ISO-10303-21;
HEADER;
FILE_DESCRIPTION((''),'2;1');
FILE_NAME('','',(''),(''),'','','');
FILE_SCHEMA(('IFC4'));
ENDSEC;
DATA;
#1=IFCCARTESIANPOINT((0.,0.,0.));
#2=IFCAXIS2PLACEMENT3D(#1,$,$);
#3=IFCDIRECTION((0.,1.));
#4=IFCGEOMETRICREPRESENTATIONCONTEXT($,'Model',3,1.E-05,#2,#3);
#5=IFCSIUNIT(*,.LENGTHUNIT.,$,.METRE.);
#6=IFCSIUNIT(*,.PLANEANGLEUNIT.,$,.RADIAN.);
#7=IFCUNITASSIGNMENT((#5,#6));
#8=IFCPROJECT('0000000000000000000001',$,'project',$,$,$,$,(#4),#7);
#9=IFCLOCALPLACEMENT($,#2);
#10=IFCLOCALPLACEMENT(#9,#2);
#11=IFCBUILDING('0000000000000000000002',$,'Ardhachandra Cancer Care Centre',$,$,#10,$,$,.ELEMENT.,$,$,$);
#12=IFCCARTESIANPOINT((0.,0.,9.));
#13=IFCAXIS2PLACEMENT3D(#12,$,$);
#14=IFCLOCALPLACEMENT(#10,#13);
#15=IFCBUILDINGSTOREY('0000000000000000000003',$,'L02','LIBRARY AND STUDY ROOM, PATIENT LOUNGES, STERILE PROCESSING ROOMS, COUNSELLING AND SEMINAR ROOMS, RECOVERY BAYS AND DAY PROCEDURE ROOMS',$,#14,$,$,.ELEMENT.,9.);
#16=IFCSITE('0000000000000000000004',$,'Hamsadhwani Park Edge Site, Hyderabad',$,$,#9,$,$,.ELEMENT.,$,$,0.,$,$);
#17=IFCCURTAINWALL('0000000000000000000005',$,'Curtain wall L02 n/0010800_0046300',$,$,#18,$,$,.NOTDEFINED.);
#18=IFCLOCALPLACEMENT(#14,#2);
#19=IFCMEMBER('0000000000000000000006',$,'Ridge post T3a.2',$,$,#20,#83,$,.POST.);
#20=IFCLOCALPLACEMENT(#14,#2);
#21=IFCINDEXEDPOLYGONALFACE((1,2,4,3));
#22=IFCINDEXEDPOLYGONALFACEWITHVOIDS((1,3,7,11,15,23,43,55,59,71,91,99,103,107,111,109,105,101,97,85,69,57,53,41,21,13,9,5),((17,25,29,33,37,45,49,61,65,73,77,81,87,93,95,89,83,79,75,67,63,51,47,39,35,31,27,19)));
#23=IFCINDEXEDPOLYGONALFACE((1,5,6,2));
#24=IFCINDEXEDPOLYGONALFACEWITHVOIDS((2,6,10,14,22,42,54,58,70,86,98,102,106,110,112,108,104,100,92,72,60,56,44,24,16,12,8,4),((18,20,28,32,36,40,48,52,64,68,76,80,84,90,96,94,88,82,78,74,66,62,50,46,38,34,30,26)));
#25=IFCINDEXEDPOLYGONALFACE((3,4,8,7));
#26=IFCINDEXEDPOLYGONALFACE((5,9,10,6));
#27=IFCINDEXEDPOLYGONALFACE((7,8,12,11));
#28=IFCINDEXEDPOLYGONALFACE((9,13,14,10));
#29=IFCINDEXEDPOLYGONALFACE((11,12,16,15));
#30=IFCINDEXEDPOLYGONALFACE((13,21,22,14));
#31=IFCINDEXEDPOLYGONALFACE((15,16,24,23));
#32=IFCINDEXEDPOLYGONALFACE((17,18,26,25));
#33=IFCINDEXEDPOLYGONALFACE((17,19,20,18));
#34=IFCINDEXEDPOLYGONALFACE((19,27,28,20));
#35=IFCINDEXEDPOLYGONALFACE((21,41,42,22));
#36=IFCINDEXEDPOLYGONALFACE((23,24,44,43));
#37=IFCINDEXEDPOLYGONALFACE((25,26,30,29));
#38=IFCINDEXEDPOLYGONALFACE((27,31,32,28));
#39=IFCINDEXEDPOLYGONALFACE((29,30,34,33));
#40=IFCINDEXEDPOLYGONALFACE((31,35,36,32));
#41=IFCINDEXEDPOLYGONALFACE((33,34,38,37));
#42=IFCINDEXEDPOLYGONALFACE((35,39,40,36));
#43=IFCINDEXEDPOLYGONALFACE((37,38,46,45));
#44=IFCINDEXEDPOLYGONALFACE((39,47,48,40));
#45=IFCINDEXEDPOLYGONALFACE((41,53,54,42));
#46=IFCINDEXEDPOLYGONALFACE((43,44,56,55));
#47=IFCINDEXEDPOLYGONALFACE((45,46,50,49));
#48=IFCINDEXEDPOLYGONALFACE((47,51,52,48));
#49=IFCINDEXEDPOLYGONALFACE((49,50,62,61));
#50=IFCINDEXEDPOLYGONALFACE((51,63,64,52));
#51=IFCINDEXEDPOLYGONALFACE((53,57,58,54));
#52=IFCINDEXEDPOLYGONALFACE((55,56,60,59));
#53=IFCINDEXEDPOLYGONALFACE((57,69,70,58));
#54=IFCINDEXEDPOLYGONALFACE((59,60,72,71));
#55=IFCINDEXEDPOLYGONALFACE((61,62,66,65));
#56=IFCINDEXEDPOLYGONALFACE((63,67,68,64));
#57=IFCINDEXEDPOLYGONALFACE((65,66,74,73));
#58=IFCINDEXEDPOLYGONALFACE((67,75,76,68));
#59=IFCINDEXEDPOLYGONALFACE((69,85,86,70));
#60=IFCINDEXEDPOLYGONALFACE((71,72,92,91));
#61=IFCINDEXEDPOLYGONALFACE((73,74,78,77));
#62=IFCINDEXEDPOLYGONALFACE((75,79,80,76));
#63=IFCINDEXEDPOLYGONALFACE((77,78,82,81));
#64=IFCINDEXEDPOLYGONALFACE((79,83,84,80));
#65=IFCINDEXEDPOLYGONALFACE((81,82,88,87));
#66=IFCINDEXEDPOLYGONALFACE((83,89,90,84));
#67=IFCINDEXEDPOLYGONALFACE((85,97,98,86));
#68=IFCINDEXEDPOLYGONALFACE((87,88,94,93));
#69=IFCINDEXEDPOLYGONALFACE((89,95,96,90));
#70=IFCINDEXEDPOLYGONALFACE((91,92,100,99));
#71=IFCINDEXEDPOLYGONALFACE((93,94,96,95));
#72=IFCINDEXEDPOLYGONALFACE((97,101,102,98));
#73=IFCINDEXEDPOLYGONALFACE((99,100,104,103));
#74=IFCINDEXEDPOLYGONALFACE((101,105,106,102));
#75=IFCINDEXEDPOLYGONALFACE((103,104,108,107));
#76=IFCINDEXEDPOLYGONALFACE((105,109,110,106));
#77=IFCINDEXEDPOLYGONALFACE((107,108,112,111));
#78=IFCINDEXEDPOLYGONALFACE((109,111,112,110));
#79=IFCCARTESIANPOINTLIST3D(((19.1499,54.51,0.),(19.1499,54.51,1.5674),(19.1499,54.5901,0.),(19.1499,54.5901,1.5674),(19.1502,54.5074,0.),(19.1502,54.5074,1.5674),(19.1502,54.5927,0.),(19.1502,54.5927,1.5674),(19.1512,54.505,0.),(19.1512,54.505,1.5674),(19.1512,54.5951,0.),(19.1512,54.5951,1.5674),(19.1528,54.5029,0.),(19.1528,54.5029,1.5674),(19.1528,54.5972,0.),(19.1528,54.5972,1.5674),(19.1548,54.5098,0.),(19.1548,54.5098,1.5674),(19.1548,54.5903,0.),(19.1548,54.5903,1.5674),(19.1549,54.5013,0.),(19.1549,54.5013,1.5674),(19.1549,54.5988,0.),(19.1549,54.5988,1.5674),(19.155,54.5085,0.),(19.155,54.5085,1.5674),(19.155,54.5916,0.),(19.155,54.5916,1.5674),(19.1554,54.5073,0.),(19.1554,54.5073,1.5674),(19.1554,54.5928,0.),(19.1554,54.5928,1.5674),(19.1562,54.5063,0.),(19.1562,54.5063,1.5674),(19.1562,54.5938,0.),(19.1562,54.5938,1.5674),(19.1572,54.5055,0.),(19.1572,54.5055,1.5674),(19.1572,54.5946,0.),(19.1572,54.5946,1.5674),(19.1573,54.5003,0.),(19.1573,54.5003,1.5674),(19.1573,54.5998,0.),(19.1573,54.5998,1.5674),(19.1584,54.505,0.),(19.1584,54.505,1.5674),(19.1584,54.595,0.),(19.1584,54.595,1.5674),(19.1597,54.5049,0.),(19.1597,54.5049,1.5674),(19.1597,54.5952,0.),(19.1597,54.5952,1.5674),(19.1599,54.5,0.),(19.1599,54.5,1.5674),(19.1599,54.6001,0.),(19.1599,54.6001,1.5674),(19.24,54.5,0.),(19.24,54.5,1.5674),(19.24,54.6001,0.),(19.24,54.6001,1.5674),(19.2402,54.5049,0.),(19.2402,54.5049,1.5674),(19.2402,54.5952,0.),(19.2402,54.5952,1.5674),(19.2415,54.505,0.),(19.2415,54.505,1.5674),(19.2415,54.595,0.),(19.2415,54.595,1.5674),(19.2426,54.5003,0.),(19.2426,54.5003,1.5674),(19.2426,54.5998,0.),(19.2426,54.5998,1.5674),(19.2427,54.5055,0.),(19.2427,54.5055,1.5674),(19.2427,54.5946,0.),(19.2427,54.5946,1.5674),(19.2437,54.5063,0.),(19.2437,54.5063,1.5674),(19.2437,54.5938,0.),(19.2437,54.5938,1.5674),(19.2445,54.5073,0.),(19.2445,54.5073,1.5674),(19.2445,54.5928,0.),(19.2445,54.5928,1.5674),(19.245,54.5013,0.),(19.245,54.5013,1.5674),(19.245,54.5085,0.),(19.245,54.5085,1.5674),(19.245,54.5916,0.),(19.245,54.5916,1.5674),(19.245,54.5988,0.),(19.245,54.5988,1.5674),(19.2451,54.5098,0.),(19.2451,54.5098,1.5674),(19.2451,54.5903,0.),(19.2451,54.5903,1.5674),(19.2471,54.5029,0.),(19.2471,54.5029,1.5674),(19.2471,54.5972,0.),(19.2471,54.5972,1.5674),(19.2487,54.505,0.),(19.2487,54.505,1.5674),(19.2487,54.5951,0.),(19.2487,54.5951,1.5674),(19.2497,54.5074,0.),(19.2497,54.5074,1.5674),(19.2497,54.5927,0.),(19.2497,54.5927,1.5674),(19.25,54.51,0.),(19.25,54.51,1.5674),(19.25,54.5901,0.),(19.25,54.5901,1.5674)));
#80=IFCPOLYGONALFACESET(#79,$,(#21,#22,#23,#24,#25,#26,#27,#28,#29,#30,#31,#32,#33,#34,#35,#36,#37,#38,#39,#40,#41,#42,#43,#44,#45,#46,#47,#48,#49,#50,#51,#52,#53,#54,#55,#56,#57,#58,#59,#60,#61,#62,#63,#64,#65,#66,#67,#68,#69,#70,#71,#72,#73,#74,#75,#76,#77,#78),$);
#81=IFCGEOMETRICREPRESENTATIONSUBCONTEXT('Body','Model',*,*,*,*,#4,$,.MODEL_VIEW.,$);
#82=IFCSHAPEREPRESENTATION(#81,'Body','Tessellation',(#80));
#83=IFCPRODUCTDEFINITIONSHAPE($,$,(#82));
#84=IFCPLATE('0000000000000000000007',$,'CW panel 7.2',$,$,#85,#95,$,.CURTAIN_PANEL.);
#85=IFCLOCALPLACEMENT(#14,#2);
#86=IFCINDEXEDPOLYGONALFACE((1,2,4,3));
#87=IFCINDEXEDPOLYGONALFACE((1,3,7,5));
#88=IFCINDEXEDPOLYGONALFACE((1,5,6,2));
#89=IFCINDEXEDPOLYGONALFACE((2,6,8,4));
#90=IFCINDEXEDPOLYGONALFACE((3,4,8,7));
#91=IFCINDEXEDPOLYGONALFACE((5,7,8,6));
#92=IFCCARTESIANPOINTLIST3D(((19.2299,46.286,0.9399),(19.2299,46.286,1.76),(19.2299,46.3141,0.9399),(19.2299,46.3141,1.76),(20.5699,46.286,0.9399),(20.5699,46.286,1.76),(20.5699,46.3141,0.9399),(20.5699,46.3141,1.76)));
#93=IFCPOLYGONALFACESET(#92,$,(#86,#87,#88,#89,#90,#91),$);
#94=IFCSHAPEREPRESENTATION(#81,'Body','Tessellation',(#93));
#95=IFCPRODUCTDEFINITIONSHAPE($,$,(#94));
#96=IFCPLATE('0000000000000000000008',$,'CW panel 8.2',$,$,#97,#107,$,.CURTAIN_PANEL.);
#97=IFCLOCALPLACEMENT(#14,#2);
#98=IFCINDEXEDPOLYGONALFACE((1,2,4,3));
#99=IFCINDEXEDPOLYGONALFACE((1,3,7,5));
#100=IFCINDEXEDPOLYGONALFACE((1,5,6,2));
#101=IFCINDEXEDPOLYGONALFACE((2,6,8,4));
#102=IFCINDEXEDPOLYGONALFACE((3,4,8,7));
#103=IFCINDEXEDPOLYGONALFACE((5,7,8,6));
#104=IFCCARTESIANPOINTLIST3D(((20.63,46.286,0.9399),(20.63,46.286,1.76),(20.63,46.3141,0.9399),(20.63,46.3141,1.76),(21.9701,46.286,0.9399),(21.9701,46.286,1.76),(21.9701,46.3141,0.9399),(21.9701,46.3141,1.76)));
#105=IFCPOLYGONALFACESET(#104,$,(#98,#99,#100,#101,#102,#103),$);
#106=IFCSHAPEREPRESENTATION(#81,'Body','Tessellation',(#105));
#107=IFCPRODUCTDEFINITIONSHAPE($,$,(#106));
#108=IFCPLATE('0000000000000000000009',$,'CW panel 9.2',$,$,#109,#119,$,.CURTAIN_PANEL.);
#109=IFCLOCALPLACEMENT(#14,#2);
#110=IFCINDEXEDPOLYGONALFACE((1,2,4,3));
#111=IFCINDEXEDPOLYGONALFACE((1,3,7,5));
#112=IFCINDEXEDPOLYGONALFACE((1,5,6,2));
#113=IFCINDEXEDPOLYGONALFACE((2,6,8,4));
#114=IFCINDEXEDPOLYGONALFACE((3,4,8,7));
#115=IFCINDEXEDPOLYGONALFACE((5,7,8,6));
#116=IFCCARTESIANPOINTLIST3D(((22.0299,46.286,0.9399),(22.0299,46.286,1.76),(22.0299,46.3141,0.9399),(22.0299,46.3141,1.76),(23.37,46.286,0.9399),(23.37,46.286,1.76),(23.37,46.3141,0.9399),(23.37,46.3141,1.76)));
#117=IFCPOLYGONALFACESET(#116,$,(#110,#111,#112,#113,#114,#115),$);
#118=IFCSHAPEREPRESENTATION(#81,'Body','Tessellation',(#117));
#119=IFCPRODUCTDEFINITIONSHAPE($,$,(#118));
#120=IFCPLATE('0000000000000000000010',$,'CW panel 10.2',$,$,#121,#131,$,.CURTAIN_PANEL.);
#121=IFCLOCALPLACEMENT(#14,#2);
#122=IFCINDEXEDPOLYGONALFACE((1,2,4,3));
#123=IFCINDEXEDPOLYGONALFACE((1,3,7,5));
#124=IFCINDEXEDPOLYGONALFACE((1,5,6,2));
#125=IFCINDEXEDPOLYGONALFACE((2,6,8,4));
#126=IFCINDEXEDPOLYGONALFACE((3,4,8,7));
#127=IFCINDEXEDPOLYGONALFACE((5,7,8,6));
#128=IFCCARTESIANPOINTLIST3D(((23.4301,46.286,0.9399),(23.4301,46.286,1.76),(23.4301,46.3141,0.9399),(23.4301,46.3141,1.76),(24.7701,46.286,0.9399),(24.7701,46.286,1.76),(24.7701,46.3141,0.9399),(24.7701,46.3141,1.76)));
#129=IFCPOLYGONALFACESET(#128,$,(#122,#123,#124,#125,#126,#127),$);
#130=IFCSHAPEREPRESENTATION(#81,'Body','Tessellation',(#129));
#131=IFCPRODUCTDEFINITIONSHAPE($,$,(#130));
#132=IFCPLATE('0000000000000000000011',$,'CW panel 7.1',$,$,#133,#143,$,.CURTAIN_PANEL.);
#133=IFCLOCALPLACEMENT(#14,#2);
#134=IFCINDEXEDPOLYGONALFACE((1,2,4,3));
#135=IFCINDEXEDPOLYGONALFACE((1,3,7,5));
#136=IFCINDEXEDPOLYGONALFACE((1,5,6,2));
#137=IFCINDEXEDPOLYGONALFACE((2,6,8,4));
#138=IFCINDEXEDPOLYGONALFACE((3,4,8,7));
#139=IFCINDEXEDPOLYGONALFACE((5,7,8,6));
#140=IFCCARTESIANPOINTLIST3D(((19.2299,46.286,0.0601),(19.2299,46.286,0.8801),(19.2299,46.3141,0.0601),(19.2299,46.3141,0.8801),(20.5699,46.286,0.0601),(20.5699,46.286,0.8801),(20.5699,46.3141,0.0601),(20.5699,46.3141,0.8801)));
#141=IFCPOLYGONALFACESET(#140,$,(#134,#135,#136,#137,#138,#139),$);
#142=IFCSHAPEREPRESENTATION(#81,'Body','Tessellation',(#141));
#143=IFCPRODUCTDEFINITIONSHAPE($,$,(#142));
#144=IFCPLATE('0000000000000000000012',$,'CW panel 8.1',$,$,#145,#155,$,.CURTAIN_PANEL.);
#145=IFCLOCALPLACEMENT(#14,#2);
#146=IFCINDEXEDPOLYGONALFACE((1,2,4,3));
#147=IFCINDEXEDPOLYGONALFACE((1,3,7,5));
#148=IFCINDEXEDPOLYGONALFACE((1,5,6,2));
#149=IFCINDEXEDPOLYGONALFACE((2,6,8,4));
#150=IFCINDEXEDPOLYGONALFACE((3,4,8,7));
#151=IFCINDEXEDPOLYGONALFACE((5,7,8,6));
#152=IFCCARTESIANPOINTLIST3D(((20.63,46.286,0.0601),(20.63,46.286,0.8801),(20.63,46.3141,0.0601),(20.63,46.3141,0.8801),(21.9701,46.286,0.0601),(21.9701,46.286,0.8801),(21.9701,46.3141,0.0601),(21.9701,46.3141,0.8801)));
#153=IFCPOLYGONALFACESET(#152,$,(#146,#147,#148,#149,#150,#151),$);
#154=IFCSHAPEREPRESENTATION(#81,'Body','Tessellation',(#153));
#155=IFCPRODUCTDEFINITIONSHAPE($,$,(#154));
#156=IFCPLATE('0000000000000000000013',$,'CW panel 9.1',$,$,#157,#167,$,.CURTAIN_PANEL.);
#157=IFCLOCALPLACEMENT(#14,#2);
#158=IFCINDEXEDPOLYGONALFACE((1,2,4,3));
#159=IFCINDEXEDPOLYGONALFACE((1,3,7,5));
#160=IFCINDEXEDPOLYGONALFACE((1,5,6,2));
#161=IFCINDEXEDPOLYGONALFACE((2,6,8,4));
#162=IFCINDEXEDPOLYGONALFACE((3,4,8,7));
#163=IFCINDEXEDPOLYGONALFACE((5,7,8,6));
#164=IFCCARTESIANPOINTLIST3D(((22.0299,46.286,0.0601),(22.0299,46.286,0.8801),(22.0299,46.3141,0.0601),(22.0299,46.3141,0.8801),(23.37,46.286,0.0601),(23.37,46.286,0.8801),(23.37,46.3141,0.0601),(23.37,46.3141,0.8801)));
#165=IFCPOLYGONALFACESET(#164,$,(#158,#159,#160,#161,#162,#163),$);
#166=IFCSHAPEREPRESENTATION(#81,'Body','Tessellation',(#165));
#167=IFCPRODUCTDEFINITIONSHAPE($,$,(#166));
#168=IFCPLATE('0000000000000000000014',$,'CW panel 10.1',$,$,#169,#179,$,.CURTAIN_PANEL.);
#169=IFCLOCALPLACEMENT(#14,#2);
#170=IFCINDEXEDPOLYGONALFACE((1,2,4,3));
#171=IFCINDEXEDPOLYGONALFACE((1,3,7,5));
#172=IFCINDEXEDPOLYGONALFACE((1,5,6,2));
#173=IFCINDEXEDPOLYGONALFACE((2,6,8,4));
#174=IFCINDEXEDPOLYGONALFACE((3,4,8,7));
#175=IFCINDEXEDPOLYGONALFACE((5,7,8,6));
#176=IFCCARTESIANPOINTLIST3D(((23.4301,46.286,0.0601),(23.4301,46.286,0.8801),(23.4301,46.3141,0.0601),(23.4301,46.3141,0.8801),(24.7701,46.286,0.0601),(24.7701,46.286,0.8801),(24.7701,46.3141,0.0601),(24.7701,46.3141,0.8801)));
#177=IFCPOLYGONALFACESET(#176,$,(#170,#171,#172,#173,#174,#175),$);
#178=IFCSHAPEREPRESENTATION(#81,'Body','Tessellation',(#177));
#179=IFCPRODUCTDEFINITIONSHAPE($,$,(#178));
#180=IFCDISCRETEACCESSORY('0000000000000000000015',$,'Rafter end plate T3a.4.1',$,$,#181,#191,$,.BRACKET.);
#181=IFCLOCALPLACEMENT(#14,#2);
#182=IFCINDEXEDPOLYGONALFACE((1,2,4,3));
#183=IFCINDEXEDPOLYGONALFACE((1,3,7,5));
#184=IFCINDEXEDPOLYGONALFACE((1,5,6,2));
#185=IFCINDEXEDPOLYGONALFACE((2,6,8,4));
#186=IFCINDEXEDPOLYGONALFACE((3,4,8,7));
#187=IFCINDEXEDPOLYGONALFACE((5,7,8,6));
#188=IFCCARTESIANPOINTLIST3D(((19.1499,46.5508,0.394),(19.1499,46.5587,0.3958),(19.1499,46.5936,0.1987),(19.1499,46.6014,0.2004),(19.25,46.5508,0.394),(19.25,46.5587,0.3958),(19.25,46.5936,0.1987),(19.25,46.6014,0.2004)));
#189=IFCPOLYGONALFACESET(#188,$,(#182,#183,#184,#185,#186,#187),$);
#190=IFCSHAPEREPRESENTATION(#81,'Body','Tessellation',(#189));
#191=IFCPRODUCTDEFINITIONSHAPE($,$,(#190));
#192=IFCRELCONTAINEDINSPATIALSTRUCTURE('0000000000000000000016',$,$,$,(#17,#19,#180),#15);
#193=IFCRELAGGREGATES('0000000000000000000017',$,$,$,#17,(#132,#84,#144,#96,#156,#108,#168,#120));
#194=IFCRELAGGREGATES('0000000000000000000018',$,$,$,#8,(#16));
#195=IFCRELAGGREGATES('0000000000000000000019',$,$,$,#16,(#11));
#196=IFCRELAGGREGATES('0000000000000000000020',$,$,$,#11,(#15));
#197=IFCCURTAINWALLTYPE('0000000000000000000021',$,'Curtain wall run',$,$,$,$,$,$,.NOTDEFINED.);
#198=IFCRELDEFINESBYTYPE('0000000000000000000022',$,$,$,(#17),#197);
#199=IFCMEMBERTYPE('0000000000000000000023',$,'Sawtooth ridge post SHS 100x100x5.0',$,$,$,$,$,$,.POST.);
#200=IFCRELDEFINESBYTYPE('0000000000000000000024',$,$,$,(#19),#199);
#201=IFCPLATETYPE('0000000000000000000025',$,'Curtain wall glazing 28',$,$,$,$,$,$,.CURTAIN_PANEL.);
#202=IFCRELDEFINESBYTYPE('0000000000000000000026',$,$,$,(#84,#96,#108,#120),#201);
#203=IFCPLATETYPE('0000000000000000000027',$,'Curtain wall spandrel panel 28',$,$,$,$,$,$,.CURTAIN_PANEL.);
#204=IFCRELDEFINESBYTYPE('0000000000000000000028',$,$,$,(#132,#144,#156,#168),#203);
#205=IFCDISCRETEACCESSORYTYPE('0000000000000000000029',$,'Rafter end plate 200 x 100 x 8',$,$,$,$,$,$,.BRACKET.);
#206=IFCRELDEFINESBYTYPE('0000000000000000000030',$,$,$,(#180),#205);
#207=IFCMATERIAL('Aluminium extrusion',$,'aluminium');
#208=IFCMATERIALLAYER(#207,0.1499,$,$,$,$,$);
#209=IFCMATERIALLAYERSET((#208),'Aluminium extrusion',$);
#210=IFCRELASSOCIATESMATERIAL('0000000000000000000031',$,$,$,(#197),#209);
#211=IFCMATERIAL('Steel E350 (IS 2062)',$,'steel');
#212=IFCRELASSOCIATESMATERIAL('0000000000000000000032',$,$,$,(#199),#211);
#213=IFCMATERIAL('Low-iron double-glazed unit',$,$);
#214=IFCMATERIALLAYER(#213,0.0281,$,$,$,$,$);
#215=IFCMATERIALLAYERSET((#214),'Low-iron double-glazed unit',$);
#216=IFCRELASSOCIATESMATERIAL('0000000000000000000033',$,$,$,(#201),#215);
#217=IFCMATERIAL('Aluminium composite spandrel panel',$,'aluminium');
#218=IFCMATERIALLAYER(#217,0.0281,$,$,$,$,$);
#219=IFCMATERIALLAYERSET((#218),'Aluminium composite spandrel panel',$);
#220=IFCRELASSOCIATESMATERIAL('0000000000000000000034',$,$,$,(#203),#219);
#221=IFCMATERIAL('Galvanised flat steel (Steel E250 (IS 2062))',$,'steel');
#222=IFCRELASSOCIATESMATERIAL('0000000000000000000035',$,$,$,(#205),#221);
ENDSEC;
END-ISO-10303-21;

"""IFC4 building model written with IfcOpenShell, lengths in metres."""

from ifc_helpers import new_model, si_unit, direction, frame, origin, origin_2d, place, context, subcontext, project, spatial, rectangle, hollow_rectangle, extrude, material, layer, layer_set, material_profile, profile_set, type_object, element, aggregate, save


model = new_model("IFC4")

# Units and contexts
model_context = context("Model", 3, precision=1e-05, world=origin(), true_north=direction((0.0, 1.0)))
body_context = subcontext(model_context, "Body", "Model", "MODEL_VIEW")
ifc_project = project(units=[si_unit("LENGTHUNIT", "METRE"), si_unit("PLANEANGLEUNIT", "RADIAN")], contexts=[model_context])

# Site, building, storey
site_placement = place(None, origin())
site = spatial("IfcSite", under=ifc_project, at=site_placement, Name="Hamsadhwani Park Edge Site, Hyderabad", CompositionType="ELEMENT", RefElevation=0.0)
building_placement = place(site_placement, origin())
building = spatial("IfcBuilding", under=site, at=building_placement, Name="Ardhachandra Cancer Care Centre", CompositionType="ELEMENT")
storey_placement = place(building_placement, frame((0.0, 0.0, 9.0)))
storey = spatial("IfcBuildingStorey", under=building, at=storey_placement, Name="L02", Description="LIBRARY AND STUDY ROOM, PATIENT LOUNGES, STERILE PROCESSING ROOMS, COUNSELLING AND SEMINAR ROOMS, RECOVERY BAYS AND DAY PROCEDURE ROOMS", CompositionType="ELEMENT", Elevation=9.0)

# Curtain wall
ifc_material_1 = material(Name="Aluminium extrusion", Category="aluminium")
ifc_layer_1 = layer(ifc_material_1, 0.1499)
ifc_layer_set_1 = layer_set([ifc_layer_1], Name="Aluminium extrusion")
curtain_wall_type = type_object("IfcCurtainWallType", Name="Curtain wall run", PredefinedType="NOTDEFINED", material=ifc_layer_set_1)
curtain_wall_placement = place(storey_placement, origin())
curtain_wall = element("IfcCurtainWall", 1, at=curtain_wall_placement, inside=storey, type_object=curtain_wall_type, Name="Curtain wall L02 n/0010800_0046300", PredefinedType="NOTDEFINED")

# Member
ifc_material_2 = material(Name="Steel E350 (IS 2062)", Category="steel")
ifc_material_profile_1 = material_profile(ifc_material_2, hollow_rectangle(XDim=0.1001, YDim=0.1001, WallThickness=0.0049, InnerFilletRadius=0.0049, OuterFilletRadius=0.01, at=origin_2d()), Name="SHS 100x100x5.0")
ifc_profile_set_1 = profile_set([ifc_material_profile_1], Name="Steel E350 (IS 2062)")
member_type_1 = type_object("IfcMemberType", Name="Sawtooth ridge post SHS 100x100x5.0", PredefinedType="POST", material=ifc_profile_set_1)
member_1_placement = place(storey_placement, frame((19.2, 54.55, 0.0), z_axis=(0.0, 0.0, 1.0), x_axis=(1.0, 0.0, 0.0)))
element("IfcMember", 2, at=member_1_placement, inside=storey, type_object=member_type_1, Name="Ridge post T3a.2", PredefinedType="POST", context=body_context, shape_type="SweptSolid", body=[
    extrude(hollow_rectangle(XDim=0.1001, YDim=0.1001, WallThickness=0.0049, InnerFilletRadius=0.0049, OuterFilletRadius=0.01, at=origin_2d()), origin(), (0.0, 0.0, 1.0), 1.5674),
])

# Plates
ifc_material_3 = material(Name="Low-iron double-glazed unit")
ifc_layer_2 = layer(ifc_material_3, 0.0281)
ifc_layer_set_2 = layer_set([ifc_layer_2], Name="Low-iron double-glazed unit")
plate_type_1 = type_object("IfcPlateType", Name="Curtain wall glazing 28", PredefinedType="CURTAIN_PANEL", material=ifc_layer_set_2)
plate_1_placement = place(storey_placement, frame((19.8999, 46.3, 0.9399), z_axis=(0.0, 0.0, 1.0), x_axis=(1.0, 0.0, 0.0)))
plate_1 = element("IfcPlate", 3, at=plate_1_placement, type_object=plate_type_1, Name="CW panel 7.2", PredefinedType="CURTAIN_PANEL", context=body_context, shape_type="SweptSolid", body=[
    extrude(rectangle(XDim=1.3401, YDim=0.0281, at=origin_2d()), origin(), (0.0, 0.0, 1.0), 0.8201),
])
plate_2_placement = place(storey_placement, frame((21.3, 46.3, 0.9399), z_axis=(0.0, 0.0, 1.0), x_axis=(1.0, 0.0, 0.0)))
plate_2 = element("IfcPlate", 4, at=plate_2_placement, type_object=plate_type_1, Name="CW panel 8.2", PredefinedType="CURTAIN_PANEL", context=body_context, shape_type="SweptSolid", body=[
    extrude(rectangle(XDim=1.3401, YDim=0.0281, at=origin_2d()), origin(), (0.0, 0.0, 1.0), 0.8201),
])
plate_3_placement = place(storey_placement, frame((22.7, 46.3, 0.9399), z_axis=(0.0, 0.0, 1.0), x_axis=(1.0, 0.0, 0.0)))
plate_3 = element("IfcPlate", 5, at=plate_3_placement, type_object=plate_type_1, Name="CW panel 9.2", PredefinedType="CURTAIN_PANEL", context=body_context, shape_type="SweptSolid", body=[
    extrude(rectangle(XDim=1.3401, YDim=0.0281, at=origin_2d()), origin(), (0.0, 0.0, 1.0), 0.8201),
])
plate_4_placement = place(storey_placement, frame((24.1001, 46.3, 0.9399), z_axis=(0.0, 0.0, 1.0), x_axis=(1.0, 0.0, 0.0)))
plate_4 = element("IfcPlate", 6, at=plate_4_placement, type_object=plate_type_1, Name="CW panel 10.2", PredefinedType="CURTAIN_PANEL", context=body_context, shape_type="SweptSolid", body=[
    extrude(rectangle(XDim=1.3401, YDim=0.0281, at=origin_2d()), origin(), (0.0, 0.0, 1.0), 0.8201),
])
ifc_material_4 = material(Name="Aluminium composite spandrel panel", Category="aluminium")
ifc_layer_3 = layer(ifc_material_4, 0.0281)
ifc_layer_set_3 = layer_set([ifc_layer_3], Name="Aluminium composite spandrel panel")
plate_type_2 = type_object("IfcPlateType", Name="Curtain wall spandrel panel 28", PredefinedType="CURTAIN_PANEL", material=ifc_layer_set_3)
plate_5_placement = place(storey_placement, frame((19.8999, 46.3, 0.0601), z_axis=(0.0, 0.0, 1.0), x_axis=(1.0, 0.0, 0.0)))
plate_5 = element("IfcPlate", 7, at=plate_5_placement, type_object=plate_type_2, Name="CW panel 7.1", PredefinedType="CURTAIN_PANEL", context=body_context, shape_type="SweptSolid", body=[
    extrude(rectangle(XDim=1.3401, YDim=0.0281, at=origin_2d()), origin(), (0.0, 0.0, 1.0), 0.8201),
])
plate_6_placement = place(storey_placement, frame((21.3, 46.3, 0.0601), z_axis=(0.0, 0.0, 1.0), x_axis=(1.0, 0.0, 0.0)))
plate_6 = element("IfcPlate", 8, at=plate_6_placement, type_object=plate_type_2, Name="CW panel 8.1", PredefinedType="CURTAIN_PANEL", context=body_context, shape_type="SweptSolid", body=[
    extrude(rectangle(XDim=1.3401, YDim=0.0281, at=origin_2d()), origin(), (0.0, 0.0, 1.0), 0.8201),
])
plate_7_placement = place(storey_placement, frame((22.7, 46.3, 0.0601), z_axis=(0.0, 0.0, 1.0), x_axis=(1.0, 0.0, 0.0)))
plate_7 = element("IfcPlate", 9, at=plate_7_placement, type_object=plate_type_2, Name="CW panel 9.1", PredefinedType="CURTAIN_PANEL", context=body_context, shape_type="SweptSolid", body=[
    extrude(rectangle(XDim=1.3401, YDim=0.0281, at=origin_2d()), origin(), (0.0, 0.0, 1.0), 0.8201),
])
plate_8_placement = place(storey_placement, frame((24.1001, 46.3, 0.0601), z_axis=(0.0, 0.0, 1.0), x_axis=(1.0, 0.0, 0.0)))
plate_8 = element("IfcPlate", 10, at=plate_8_placement, type_object=plate_type_2, Name="CW panel 10.1", PredefinedType="CURTAIN_PANEL", context=body_context, shape_type="SweptSolid", body=[
    extrude(rectangle(XDim=1.3401, YDim=0.0281, at=origin_2d()), origin(), (0.0, 0.0, 1.0), 0.8201),
])
aggregate(curtain_wall, [plate_5, plate_1, plate_6, plate_2, plate_7, plate_3, plate_8, plate_4])

# Discrete accessory
ifc_material_5 = material(Name="Galvanised flat steel (Steel E250 (IS 2062))", Category="steel")
ifc_material_profile_2 = material_profile(ifc_material_5, rectangle(XDim=0.1001, YDim=0.2, at=origin_2d()), Name="Rafter end plate 200 x 100 x 8")
ifc_profile_set_2 = profile_set([ifc_material_profile_2], Name="Galvanised flat steel (Steel E250 (IS 2062))")
discrete_accessory_type = type_object("IfcDiscreteAccessoryType", Name="Rafter end plate 200 x 100 x 8", PredefinedType="BRACKET", material=ifc_profile_set_2)
for number, where, z_axis, x_axis, name in (
    (11, (19.2, 46.5801, 0.2981), (0.0, -0.9769, -0.213697), (1.0, 0.0, 0.0), "Rafter end plate T3a.4.1"),
):
    element("IfcDiscreteAccessory", number, at=place(storey_placement, frame(where, z_axis=z_axis, x_axis=x_axis)), inside=storey, type_object=discrete_accessory_type, Name=name, PredefinedType="BRACKET", context=body_context, shape_type="SweptSolid", body=[
        extrude(rectangle(XDim=0.1001, YDim=0.2, at=origin_2d()), origin(), (0.0, 0.0, 1.0), 0.0081),
    ])

save(model, "model.ifc")
